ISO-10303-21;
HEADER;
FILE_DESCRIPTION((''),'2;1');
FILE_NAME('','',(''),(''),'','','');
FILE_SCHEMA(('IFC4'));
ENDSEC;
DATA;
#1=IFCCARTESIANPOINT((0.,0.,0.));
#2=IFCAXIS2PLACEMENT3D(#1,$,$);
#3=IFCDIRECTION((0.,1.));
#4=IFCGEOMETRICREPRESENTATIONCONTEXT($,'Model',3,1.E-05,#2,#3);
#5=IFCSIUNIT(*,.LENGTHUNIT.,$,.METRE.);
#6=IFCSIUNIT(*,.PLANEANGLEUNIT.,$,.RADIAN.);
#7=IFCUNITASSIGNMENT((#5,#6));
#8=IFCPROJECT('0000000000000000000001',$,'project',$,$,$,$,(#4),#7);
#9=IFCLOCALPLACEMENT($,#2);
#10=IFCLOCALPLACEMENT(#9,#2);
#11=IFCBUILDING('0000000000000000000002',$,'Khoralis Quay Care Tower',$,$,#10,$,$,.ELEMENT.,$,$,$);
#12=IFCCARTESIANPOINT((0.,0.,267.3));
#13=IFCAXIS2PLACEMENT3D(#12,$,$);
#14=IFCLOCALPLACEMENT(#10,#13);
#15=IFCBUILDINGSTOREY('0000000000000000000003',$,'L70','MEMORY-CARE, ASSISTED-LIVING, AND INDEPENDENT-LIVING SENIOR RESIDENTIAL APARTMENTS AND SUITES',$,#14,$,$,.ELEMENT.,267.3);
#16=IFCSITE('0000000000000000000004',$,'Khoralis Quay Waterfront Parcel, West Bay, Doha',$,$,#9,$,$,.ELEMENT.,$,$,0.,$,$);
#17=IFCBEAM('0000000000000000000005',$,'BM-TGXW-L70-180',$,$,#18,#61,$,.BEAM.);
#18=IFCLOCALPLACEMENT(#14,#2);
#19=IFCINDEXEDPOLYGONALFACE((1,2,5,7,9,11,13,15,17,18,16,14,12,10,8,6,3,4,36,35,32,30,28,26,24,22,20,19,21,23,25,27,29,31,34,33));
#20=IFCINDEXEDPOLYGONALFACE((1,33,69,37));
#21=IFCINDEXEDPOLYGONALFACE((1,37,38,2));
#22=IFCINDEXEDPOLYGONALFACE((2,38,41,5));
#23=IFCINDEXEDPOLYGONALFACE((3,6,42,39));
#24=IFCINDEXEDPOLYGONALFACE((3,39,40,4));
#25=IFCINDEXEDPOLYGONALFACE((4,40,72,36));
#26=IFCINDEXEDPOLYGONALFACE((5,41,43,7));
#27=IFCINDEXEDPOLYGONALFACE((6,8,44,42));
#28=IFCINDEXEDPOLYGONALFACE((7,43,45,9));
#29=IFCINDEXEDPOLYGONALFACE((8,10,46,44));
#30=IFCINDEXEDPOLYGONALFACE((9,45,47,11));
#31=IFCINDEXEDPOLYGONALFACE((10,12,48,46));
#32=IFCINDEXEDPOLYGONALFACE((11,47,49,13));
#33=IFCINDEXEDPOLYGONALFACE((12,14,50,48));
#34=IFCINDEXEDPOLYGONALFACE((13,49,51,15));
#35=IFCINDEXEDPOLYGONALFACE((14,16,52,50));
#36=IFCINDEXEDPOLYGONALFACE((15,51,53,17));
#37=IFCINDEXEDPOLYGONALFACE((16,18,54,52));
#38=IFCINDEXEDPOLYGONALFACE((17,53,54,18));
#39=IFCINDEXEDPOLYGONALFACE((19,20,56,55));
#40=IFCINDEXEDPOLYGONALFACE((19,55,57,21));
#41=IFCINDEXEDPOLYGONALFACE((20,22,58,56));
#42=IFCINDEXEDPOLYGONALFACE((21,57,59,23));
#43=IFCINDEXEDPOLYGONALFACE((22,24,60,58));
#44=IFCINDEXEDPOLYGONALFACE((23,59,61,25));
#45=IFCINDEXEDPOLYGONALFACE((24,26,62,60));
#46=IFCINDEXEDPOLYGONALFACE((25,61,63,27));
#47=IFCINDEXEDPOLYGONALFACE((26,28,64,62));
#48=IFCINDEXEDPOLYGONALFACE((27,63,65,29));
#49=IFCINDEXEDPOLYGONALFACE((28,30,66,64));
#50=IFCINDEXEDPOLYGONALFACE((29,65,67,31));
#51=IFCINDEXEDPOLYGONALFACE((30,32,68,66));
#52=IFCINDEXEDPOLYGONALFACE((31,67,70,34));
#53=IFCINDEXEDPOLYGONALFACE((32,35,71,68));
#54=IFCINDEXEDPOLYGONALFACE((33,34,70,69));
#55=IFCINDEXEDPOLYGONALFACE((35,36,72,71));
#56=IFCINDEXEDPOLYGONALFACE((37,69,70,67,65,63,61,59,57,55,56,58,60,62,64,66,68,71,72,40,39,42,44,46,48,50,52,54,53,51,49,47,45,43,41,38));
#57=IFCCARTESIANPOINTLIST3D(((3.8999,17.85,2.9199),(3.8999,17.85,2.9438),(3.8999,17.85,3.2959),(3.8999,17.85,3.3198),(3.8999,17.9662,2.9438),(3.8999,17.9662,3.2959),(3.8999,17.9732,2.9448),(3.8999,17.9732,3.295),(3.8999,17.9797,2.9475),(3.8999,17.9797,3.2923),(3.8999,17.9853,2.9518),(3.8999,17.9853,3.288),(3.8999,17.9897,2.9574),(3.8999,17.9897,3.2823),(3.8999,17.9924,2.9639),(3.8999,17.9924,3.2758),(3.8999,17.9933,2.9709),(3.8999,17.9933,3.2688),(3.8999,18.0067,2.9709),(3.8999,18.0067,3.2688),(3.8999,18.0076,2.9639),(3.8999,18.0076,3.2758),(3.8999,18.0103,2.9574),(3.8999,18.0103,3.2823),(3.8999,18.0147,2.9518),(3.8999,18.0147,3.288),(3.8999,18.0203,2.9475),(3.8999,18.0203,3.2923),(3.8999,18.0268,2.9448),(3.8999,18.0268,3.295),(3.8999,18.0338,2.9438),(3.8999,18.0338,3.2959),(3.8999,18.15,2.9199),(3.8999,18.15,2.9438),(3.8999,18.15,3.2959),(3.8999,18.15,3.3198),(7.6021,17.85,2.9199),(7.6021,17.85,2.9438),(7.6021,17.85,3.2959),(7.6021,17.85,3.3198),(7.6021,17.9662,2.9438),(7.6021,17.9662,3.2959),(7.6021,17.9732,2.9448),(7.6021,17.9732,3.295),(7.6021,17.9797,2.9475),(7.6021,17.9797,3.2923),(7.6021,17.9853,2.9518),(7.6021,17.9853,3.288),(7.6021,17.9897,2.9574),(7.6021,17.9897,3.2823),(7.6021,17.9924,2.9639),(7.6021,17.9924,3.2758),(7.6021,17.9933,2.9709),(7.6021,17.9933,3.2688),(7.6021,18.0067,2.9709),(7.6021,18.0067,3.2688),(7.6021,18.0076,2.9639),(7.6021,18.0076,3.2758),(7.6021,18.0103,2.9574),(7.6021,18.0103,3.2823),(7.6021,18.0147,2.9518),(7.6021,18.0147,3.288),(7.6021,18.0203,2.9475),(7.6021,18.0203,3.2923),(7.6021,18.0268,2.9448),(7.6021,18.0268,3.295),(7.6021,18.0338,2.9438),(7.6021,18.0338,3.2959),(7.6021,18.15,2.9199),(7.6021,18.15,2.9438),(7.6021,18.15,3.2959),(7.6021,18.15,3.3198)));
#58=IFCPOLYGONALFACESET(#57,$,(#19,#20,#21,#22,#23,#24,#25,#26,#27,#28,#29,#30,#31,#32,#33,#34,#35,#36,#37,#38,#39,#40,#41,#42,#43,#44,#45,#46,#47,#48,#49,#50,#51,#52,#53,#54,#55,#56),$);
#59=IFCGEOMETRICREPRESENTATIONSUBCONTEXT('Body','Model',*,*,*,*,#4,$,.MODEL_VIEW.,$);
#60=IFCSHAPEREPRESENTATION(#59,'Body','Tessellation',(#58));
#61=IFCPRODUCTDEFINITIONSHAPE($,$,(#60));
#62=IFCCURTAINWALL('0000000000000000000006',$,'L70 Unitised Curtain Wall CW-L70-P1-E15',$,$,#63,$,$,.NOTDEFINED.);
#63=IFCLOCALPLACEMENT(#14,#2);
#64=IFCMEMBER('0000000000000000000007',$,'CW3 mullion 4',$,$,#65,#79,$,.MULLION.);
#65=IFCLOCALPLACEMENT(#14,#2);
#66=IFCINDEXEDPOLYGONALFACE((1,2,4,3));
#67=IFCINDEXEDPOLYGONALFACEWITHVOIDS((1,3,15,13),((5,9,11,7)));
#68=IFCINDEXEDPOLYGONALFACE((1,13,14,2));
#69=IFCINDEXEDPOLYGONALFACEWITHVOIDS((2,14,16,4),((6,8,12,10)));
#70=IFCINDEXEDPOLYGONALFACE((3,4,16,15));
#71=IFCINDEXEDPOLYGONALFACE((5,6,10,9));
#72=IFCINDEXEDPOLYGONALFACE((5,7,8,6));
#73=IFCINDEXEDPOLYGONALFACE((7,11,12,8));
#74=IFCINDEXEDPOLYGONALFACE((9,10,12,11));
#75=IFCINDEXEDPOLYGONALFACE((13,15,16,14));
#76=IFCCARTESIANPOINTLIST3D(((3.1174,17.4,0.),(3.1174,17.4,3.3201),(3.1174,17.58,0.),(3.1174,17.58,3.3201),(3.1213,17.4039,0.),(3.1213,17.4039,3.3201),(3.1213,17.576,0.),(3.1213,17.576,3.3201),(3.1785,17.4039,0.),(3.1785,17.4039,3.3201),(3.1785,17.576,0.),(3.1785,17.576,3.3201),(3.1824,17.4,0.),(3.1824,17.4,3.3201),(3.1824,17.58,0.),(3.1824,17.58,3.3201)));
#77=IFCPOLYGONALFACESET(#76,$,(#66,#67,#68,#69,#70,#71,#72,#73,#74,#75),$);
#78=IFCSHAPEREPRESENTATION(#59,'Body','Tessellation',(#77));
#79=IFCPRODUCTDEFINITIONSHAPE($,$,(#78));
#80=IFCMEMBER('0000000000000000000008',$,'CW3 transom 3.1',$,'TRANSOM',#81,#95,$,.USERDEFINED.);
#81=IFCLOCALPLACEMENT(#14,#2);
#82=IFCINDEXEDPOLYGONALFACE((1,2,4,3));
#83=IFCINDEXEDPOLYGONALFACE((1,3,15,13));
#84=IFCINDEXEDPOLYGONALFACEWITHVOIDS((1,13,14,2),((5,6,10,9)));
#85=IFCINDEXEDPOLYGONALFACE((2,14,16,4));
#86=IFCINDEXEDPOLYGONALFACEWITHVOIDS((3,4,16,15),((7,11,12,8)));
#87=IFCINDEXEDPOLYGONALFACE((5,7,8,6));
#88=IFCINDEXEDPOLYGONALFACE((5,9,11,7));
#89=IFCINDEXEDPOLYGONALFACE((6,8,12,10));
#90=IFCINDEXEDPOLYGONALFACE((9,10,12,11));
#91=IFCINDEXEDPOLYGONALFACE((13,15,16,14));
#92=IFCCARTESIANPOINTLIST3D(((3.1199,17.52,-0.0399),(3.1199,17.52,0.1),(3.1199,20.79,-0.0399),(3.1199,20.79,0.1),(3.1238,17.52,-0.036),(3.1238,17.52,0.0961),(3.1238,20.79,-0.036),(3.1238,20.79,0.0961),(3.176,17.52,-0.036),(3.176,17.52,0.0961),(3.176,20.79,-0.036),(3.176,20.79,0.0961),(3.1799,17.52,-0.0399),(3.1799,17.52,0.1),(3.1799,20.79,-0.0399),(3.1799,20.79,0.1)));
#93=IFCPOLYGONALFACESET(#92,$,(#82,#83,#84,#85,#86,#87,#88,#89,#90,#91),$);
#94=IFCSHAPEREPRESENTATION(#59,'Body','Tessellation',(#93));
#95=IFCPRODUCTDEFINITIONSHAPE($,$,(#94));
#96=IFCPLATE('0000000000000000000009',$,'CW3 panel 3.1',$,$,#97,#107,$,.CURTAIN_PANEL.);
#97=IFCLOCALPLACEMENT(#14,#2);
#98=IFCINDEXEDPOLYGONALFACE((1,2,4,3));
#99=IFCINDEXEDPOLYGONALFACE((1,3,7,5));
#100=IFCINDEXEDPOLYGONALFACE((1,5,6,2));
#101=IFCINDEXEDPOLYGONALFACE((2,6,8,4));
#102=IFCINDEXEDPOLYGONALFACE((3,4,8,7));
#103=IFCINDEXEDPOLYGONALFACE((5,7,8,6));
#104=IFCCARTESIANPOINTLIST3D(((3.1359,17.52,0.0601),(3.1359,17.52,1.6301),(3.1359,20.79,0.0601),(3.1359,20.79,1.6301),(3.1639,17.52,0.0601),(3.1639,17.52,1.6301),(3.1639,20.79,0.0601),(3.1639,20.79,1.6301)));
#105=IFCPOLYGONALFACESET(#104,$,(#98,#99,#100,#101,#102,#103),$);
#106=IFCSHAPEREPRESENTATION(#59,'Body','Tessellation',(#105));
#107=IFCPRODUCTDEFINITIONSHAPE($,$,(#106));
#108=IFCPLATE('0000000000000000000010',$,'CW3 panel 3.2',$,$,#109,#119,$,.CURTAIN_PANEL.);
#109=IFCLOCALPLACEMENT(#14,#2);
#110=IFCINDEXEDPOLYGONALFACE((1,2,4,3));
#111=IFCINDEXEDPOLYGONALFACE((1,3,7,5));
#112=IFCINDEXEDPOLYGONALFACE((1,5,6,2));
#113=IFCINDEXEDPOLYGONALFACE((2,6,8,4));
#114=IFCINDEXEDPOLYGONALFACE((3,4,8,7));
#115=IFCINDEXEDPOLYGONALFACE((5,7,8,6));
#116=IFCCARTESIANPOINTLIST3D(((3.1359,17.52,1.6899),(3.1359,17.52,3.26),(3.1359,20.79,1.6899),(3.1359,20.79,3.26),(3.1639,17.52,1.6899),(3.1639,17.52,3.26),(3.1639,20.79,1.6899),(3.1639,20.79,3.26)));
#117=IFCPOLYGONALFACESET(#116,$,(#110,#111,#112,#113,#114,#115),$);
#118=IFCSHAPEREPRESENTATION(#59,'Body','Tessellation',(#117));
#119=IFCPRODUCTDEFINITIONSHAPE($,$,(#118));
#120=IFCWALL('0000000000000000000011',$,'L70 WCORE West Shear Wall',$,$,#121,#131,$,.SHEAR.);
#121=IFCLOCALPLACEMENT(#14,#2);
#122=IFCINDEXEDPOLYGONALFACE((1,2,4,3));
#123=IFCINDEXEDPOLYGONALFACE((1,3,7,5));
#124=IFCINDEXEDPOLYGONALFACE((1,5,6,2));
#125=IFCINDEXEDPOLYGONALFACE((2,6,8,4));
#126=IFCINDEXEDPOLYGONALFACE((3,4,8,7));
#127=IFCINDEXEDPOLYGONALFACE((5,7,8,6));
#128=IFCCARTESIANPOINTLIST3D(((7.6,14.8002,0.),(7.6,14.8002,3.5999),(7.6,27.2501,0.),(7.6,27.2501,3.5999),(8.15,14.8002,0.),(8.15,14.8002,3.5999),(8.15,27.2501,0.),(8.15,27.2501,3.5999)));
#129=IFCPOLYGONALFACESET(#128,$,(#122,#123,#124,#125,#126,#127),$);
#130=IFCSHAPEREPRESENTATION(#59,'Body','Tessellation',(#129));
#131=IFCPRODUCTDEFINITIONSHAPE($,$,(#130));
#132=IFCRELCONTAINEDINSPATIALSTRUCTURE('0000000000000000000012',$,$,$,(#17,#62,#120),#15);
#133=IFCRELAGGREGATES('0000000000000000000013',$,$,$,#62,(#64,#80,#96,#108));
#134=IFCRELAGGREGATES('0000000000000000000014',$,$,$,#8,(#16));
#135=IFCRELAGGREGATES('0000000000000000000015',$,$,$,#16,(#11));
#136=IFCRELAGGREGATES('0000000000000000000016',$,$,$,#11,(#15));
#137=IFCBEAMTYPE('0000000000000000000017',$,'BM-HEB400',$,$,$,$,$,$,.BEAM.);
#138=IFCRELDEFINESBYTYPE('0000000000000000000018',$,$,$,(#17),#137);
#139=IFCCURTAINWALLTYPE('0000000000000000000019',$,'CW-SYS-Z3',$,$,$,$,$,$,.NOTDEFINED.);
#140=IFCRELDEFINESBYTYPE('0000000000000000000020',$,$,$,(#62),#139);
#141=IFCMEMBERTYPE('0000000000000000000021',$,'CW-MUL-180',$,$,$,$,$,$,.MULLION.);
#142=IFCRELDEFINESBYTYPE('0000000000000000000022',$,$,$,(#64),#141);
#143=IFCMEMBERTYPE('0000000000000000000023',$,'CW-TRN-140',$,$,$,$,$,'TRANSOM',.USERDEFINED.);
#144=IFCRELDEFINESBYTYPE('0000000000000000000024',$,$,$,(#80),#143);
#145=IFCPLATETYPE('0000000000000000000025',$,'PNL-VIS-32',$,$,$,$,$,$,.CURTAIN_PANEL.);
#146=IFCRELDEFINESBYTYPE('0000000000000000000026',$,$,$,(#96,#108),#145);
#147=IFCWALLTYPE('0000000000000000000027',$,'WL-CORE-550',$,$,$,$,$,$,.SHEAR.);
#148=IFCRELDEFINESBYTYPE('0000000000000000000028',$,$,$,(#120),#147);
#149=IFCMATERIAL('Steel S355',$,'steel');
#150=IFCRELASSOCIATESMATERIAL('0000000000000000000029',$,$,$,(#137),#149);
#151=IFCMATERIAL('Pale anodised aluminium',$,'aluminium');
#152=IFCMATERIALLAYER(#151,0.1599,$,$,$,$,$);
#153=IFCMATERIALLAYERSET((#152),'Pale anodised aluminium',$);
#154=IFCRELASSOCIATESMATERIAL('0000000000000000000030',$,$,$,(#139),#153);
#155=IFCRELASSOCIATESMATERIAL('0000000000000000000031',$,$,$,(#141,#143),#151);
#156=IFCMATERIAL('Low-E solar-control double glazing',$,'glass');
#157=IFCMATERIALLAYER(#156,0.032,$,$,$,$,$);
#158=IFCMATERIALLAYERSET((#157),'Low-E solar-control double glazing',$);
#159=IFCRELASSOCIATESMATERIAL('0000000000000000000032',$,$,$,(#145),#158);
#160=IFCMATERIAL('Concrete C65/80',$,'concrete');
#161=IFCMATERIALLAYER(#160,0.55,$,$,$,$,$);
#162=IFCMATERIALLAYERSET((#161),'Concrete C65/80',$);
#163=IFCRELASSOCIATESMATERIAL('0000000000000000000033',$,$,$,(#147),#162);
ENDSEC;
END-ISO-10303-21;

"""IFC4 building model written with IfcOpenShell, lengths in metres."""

from ifc_helpers import new_model, si_unit, direction, frame, frame_2d, origin, origin_2d, place, context, subcontext, project, spatial, rectangle, hollow_rectangle, i_section, extrude, source, transform, mapped, material, layer, layer_set, material_profile, profile_set, type_object, element, aggregate, save


model = new_model("IFC4")

# Units and contexts
model_context = context("Model", 3, precision=1e-05, world=origin(), true_north=direction((0.0, 1.0)))
body_context = subcontext(model_context, "Body", "Model", "MODEL_VIEW")
ifc_project = project(units=[si_unit("LENGTHUNIT", "METRE"), si_unit("PLANEANGLEUNIT", "RADIAN")], contexts=[model_context])

# Site, building, storey
site_placement = place(None, origin())
site = spatial("IfcSite", under=ifc_project, at=site_placement, Name="Khoralis Quay Waterfront Parcel, West Bay, Doha", CompositionType="ELEMENT", RefElevation=0.0)
building_placement = place(site_placement, origin())
building = spatial("IfcBuilding", under=site, at=building_placement, Name="Khoralis Quay Care Tower", CompositionType="ELEMENT")
storey_placement = place(building_placement, frame((0.0, 0.0, 267.3)))
storey = spatial("IfcBuildingStorey", under=building, at=storey_placement, Name="L70", Description="MEMORY-CARE, ASSISTED-LIVING, AND INDEPENDENT-LIVING SENIOR RESIDENTIAL APARTMENTS AND SUITES", CompositionType="ELEMENT", Elevation=267.3)

# Beam
ifc_material_1 = material(Name="Steel S355", Category="steel")
ifc_material_profile_1 = material_profile(ifc_material_1, i_section(OverallWidth=0.3, OverallDepth=0.3999, WebThickness=0.0134, FlangeThickness=0.0239, FilletRadius=0.0271, at=origin_2d()), Name="Steel S355")
ifc_profile_set_1 = profile_set([ifc_material_profile_1], Name="Steel S355")
beam_type_1 = type_object("IfcBeamType", Name="BM-HEB400", PredefinedType="BEAM", material=ifc_profile_set_1)
shared_shape_1 = source(origin(), body_context, "Body", "SweptSolid", [
    extrude(i_section(OverallWidth=0.3, OverallDepth=0.3999, WebThickness=0.0134, FlangeThickness=0.0239, FilletRadius=0.0271, at=origin_2d()), origin(), (0.0, 0.0, 1.0), 3.7021),
])
beam_1_placement = place(storey_placement, frame((3.8999, 18.0, 3.1199), z_axis=(1.0, 0.0, 0.0), x_axis=(0.0, 1.0, 0.0)))
element("IfcBeam", 1, at=beam_1_placement, inside=storey, type_object=beam_type_1, Name="BM-TGXW-L70-180", PredefinedType="BEAM", context=body_context, shape_type="MappedRepresentation", body=[
    mapped(shared_shape_1, transform((0.0, 0.0, 0.0), scale=1.0)),
])

# Curtain wall, members, plates
ifc_material_2 = material(Name="Pale anodised aluminium", Category="aluminium")
ifc_layer_1 = layer(ifc_material_2, 0.1599)
ifc_layer_set_1 = layer_set([ifc_layer_1], Name="Pale anodised aluminium")
curtain_wall_type = type_object("IfcCurtainWallType", Name="CW-SYS-Z3", PredefinedType="NOTDEFINED", material=ifc_layer_set_1)
curtain_wall_placement = place(storey_placement, origin())
curtain_wall = element("IfcCurtainWall", 2, at=curtain_wall_placement, inside=storey, type_object=curtain_wall_type, Name="L70 Unitised Curtain Wall CW-L70-P1-E15", PredefinedType="NOTDEFINED")
ifc_material_profile_2 = material_profile(ifc_material_2, hollow_rectangle(XDim=0.0649, YDim=0.1799, WallThickness=0.0039, at=origin_2d()), Name="Pale anodised aluminium")
ifc_profile_set_2 = profile_set([ifc_material_profile_2], Name="Pale anodised aluminium")
member_type_1 = type_object("IfcMemberType", Name="CW-MUL-180", PredefinedType="MULLION", material=ifc_profile_set_2)
shared_shape_2 = source(origin(), body_context, "Body", "SweptSolid", [
    extrude(hollow_rectangle(XDim=0.0649, YDim=0.1799, WallThickness=0.0039, at=origin_2d()), origin(), (0.0, 0.0, 1.0), 3.3201),
])
member_1_placement = place(storey_placement, frame((3.1499, 17.49, 0.0), z_axis=(0.0, 0.0, 1.0), x_axis=(1.0, 0.0, 0.0)))
member_1 = element("IfcMember", 3, at=member_1_placement, type_object=member_type_1, Name="CW3 mullion 4", PredefinedType="MULLION", context=body_context, shape_type="MappedRepresentation", body=[
    mapped(shared_shape_2, transform((0.0, 0.0, 0.0), scale=1.0)),
])
ifc_material_profile_3 = material_profile(ifc_material_2, hollow_rectangle(XDim=0.0601, YDim=0.1399, WallThickness=0.0039, at=origin_2d()), Name="Pale anodised aluminium")
ifc_profile_set_3 = profile_set([ifc_material_profile_3], Name="Pale anodised aluminium")
member_type_2 = type_object("IfcMemberType", Name="CW-TRN-140", ElementType="TRANSOM", PredefinedType="USERDEFINED", material=ifc_profile_set_3)
shared_shape_3 = source(origin(), body_context, "Body", "SweptSolid", [
    extrude(hollow_rectangle(XDim=0.0601, YDim=0.1399, WallThickness=0.0039, at=origin_2d()), origin(), (0.0, 0.0, 1.0), 3.27),
])
member_2_placement = place(storey_placement, frame((3.1499, 20.79, 0.03), z_axis=(0.0, -1.0, 0.0), x_axis=(1.0, 0.0, 0.0)))
member_2 = element("IfcMember", 4, at=member_2_placement, type_object=member_type_2, Name="CW3 transom 3.1", ObjectType="TRANSOM", PredefinedType="USERDEFINED", context=body_context, shape_type="MappedRepresentation", body=[
    mapped(shared_shape_3, transform((0.0, 0.0, 0.0), scale=1.0)),
])
ifc_material_3 = material(Name="Low-E solar-control double glazing", Category="glass")
ifc_layer_2 = layer(ifc_material_3, 0.032)
ifc_layer_set_2 = layer_set([ifc_layer_2], Name="Low-E solar-control double glazing")
plate_type = type_object("IfcPlateType", Name="PNL-VIS-32", PredefinedType="CURTAIN_PANEL", material=ifc_layer_set_2)
shared_shape_4 = source(origin(), body_context, "Body", "SweptSolid", [
    extrude(rectangle(XDim=3.27, YDim=0.0281, at=origin_2d()), origin(), (0.0, 0.0, 1.0), 1.5701),
])
plate_1_placement = place(storey_placement, frame((3.1499, 19.155, 0.0601), z_axis=(0.0, 0.0, 1.0), x_axis=(0.0, -1.0, 0.0)))
plate_1 = element("IfcPlate", 5, at=plate_1_placement, type_object=plate_type, Name="CW3 panel 3.1", PredefinedType="CURTAIN_PANEL", context=body_context, shape_type="MappedRepresentation", body=[
    mapped(shared_shape_4, transform((0.0, 0.0, 0.0), scale=1.0)),
])
plate_2_placement = place(storey_placement, frame((3.1499, 19.155, 1.6899), z_axis=(0.0, 0.0, 1.0), x_axis=(0.0, -1.0, 0.0)))
plate_2 = element("IfcPlate", 6, at=plate_2_placement, type_object=plate_type, Name="CW3 panel 3.2", PredefinedType="CURTAIN_PANEL", context=body_context, shape_type="MappedRepresentation", body=[
    mapped(shared_shape_4, transform((0.0, 0.0, 0.0), scale=1.0)),
])
aggregate(curtain_wall, [member_1, member_2, plate_1, plate_2])

# Wall
ifc_material_4 = material(Name="Concrete C65/80", Category="concrete")
ifc_layer_3 = layer(ifc_material_4, 0.55)
ifc_layer_set_3 = layer_set([ifc_layer_3], Name="Concrete C65/80")
wall_type_1 = type_object("IfcWallType", Name="WL-CORE-550", PredefinedType="SHEAR", material=ifc_layer_set_3)
wall_1_placement = place(storey_placement, frame((7.875, 14.8, 0.0), z_axis=(0.0, 0.0, 1.0), x_axis=(0.0, 1.0, 0.0)))
element("IfcWall", 7, at=wall_1_placement, inside=storey, type_object=wall_type_1, Name="L70 WCORE West Shear Wall", PredefinedType="SHEAR", context=body_context, shape_type="SweptSolid", body=[
    extrude(rectangle(XDim=12.45, YDim=0.55, at=frame_2d((6.2251, 0.0))), origin(), (0.0, 0.0, 1.0), 3.5999),
])

save(model, "model.ifc")
